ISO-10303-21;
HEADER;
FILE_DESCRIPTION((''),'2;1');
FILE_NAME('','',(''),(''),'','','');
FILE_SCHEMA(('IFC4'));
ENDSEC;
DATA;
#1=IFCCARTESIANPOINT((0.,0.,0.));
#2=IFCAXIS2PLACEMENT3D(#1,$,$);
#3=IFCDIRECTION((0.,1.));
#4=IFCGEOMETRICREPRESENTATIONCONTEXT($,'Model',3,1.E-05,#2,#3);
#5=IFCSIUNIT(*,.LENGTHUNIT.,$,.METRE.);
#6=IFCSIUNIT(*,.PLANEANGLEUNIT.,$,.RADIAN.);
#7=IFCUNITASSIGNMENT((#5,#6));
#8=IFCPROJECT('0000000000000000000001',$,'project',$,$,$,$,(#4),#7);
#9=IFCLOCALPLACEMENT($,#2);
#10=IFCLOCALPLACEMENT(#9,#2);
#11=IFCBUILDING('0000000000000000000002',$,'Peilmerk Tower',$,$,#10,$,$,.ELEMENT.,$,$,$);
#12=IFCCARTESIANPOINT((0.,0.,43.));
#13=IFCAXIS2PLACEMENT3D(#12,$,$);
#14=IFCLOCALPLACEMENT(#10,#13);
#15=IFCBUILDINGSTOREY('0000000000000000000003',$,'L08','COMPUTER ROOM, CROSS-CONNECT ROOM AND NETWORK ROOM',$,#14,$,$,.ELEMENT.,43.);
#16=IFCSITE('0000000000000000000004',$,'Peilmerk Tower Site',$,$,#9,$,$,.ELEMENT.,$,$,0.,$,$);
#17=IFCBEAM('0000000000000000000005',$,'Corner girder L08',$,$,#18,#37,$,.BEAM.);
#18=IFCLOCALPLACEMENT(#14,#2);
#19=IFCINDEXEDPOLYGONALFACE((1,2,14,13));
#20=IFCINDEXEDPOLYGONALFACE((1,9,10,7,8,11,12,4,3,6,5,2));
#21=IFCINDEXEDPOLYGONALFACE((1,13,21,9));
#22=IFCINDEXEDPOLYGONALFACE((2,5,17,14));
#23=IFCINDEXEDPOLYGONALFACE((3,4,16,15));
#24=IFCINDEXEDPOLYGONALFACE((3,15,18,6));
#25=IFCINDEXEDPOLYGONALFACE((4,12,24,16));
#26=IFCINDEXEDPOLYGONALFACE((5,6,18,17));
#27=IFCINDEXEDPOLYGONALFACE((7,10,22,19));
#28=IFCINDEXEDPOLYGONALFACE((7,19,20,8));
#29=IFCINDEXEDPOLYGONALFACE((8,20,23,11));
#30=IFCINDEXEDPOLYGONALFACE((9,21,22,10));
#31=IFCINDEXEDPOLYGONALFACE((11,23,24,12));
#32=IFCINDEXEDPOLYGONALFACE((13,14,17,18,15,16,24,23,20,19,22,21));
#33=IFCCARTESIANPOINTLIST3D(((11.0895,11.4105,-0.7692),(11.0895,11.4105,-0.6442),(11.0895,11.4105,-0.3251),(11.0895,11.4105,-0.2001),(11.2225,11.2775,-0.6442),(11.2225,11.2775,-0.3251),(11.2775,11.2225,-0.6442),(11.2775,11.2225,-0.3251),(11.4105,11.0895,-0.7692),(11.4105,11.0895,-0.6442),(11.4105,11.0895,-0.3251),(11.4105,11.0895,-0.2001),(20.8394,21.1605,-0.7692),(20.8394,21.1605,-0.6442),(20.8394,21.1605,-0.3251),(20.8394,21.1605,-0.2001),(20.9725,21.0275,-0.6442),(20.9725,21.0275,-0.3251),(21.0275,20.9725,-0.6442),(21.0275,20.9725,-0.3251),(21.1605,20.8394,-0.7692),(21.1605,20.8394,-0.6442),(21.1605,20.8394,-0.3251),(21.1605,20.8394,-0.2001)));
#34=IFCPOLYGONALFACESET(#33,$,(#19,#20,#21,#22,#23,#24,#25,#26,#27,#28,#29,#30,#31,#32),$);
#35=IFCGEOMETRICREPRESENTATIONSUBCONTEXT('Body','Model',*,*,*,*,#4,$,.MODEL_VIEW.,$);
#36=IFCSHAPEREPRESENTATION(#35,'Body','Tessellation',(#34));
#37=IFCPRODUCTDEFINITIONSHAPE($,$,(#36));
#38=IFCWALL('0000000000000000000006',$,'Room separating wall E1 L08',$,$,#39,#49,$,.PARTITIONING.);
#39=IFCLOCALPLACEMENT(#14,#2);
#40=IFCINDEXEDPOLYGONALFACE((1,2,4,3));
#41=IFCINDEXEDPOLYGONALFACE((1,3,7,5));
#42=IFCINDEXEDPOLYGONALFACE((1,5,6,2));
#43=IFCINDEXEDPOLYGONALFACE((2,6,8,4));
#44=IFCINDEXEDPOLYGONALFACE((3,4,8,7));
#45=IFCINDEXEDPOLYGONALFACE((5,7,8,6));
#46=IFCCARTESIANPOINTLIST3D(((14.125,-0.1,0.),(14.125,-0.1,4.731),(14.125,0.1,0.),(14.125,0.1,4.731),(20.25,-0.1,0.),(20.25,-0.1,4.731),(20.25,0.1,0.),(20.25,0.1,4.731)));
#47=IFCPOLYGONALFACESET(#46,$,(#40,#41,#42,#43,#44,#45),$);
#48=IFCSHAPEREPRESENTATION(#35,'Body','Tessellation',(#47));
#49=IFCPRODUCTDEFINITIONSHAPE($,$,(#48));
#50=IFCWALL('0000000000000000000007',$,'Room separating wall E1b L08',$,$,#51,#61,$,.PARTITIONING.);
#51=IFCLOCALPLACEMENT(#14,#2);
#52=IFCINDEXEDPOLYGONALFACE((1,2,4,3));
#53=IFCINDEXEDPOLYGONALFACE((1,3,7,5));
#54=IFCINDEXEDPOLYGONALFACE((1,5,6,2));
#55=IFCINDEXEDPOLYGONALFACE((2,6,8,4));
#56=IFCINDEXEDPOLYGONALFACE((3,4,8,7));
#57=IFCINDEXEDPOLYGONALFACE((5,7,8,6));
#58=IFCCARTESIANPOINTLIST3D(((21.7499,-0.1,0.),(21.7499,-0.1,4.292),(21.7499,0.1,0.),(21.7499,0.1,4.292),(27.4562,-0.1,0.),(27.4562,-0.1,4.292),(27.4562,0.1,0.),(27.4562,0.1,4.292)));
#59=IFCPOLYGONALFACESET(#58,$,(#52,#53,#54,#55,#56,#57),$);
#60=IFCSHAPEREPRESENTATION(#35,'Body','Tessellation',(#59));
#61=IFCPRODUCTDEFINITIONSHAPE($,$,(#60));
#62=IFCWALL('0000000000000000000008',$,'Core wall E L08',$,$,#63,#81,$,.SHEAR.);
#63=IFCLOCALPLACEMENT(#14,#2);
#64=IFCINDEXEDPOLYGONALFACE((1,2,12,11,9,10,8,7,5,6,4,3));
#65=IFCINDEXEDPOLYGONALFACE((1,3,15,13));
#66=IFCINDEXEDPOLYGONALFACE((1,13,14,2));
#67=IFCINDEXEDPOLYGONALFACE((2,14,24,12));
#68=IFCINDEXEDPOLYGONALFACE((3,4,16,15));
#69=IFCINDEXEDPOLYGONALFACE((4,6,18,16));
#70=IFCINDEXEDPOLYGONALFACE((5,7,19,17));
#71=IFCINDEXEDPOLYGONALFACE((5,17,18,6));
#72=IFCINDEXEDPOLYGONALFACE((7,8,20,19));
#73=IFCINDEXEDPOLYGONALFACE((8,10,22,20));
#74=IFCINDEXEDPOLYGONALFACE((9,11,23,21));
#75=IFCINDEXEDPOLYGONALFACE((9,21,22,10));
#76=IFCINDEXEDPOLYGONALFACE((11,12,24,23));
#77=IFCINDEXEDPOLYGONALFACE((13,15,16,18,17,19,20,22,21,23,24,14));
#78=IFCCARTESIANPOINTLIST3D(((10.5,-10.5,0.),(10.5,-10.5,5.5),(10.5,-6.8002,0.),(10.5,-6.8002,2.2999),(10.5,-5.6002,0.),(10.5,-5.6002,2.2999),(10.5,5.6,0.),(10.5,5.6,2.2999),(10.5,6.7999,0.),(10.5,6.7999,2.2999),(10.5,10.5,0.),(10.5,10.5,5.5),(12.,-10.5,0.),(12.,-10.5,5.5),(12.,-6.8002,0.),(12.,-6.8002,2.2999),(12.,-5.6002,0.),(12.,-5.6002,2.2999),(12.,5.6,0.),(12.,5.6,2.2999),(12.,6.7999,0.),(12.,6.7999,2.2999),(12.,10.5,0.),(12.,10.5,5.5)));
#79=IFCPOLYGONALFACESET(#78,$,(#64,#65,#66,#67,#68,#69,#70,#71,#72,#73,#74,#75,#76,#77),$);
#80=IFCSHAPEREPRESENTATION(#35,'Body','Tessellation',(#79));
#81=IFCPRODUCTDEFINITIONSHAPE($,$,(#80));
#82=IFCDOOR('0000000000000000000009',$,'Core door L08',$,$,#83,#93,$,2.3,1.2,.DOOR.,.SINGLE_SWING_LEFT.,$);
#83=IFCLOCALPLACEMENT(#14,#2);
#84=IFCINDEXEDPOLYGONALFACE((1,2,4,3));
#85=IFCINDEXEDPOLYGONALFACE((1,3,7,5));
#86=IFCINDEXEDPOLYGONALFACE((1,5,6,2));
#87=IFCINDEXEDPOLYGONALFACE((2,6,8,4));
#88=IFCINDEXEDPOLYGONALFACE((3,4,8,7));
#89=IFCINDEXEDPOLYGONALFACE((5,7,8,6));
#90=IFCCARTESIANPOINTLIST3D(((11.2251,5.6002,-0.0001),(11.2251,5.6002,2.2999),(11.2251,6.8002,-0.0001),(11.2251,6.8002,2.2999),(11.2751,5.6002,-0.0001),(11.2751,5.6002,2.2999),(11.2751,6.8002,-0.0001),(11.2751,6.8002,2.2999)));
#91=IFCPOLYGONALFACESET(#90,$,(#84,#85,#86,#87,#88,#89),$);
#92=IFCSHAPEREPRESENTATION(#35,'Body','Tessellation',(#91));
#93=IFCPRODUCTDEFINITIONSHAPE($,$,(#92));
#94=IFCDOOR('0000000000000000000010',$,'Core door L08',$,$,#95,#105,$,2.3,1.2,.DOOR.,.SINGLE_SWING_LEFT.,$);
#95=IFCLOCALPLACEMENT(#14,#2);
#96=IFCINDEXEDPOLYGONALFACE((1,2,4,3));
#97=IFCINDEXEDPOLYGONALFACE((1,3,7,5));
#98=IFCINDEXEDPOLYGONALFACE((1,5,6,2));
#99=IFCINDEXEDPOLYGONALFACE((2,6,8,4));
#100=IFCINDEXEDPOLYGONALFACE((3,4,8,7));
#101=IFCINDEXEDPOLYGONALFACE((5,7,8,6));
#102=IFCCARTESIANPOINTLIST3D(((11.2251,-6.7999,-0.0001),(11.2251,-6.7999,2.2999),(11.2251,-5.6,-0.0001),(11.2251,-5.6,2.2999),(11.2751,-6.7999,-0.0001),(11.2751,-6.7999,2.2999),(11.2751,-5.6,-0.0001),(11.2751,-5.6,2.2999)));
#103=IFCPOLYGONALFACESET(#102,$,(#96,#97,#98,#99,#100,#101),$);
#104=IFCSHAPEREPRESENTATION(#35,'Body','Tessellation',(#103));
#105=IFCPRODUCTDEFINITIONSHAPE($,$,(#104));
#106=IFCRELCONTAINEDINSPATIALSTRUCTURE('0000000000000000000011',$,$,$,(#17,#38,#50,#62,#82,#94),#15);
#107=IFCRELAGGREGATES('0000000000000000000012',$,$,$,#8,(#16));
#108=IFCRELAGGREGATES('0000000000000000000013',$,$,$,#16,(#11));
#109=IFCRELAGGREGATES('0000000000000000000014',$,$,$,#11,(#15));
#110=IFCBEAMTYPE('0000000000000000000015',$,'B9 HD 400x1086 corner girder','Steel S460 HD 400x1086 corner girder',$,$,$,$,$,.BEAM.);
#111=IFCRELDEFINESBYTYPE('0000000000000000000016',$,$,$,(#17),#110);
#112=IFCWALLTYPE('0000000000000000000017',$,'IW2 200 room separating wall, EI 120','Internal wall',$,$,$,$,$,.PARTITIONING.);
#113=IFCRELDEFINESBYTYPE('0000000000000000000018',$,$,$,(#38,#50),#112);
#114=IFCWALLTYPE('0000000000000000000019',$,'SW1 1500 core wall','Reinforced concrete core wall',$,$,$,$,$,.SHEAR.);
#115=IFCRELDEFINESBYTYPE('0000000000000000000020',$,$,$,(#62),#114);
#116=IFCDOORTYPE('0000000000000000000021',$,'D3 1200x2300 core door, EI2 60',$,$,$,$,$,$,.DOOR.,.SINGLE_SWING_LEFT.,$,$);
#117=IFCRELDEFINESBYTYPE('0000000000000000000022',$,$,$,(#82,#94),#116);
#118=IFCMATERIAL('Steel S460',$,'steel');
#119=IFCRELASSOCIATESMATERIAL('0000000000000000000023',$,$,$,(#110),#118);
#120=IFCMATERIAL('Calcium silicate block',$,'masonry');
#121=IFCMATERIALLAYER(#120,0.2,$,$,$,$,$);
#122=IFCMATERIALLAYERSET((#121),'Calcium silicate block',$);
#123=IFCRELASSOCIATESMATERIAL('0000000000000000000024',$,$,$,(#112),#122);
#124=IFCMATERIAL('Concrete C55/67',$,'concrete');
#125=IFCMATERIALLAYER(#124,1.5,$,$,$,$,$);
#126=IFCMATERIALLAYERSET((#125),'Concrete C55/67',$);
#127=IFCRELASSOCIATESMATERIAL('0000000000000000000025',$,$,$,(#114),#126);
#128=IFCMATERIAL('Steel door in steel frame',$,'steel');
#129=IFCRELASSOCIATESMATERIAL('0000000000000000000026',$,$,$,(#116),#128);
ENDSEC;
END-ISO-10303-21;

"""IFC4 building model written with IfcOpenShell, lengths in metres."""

from ifc_helpers import new_model, si_unit, direction, frame, frame_2d, origin, origin_2d, place, context, subcontext, project, spatial, rectangle, i_section, extrude, material, layer, layer_set, material_profile, profile_set, type_object, element, fill, save


model = new_model("IFC4")

# Units and contexts
model_context = context("Model", 3, precision=1e-05, world=origin(), true_north=direction((0.0, 1.0)))
body_context = subcontext(model_context, "Body", "Model", "MODEL_VIEW")
ifc_project = project(units=[si_unit("LENGTHUNIT", "METRE"), si_unit("PLANEANGLEUNIT", "RADIAN")], contexts=[model_context])

# Site, building, storey
site_placement = place(None, origin())
site = spatial("IfcSite", under=ifc_project, at=site_placement, Name="Peilmerk Tower Site", CompositionType="ELEMENT", RefElevation=0.0)
building_placement = place(site_placement, origin())
building = spatial("IfcBuilding", under=site, at=building_placement, Name="Peilmerk Tower", CompositionType="ELEMENT")
storey_placement = place(building_placement, frame((0.0, 0.0, 43.0)))
storey = spatial("IfcBuildingStorey", under=building, at=storey_placement, Name="L08", Description="COMPUTER ROOM, CROSS-CONNECT ROOM AND NETWORK ROOM", CompositionType="ELEMENT", Elevation=43.0)

# Beam
ifc_material_1 = material(Name="Steel S460", Category="steel")
ifc_material_profile_1 = material_profile(ifc_material_1, i_section(OverallWidth=0.4541, OverallDepth=0.5691, WebThickness=0.0779, FlangeThickness=0.125, at=origin_2d()), Name="HD 400x1086")
ifc_profile_set_1 = profile_set([ifc_material_profile_1], Name="Steel S460")
beam_type_1 = type_object("IfcBeamType", Name="B9 HD 400x1086 corner girder", Description="Steel S460 HD 400x1086 corner girder", PredefinedType="BEAM", material=ifc_profile_set_1)
beam_1_placement = place(storey_placement, frame((11.25, 11.25, -0.4846), z_axis=(0.707107, 0.707107, 0.0), x_axis=(-0.707107, 0.707107, 0.0)))
element("IfcBeam", 1, at=beam_1_placement, inside=storey, type_object=beam_type_1, Name="Corner girder L08", PredefinedType="BEAM", context=body_context, shape_type="SweptSolid", body=[
    extrude(i_section(OverallWidth=0.4541, OverallDepth=0.5691, WebThickness=0.0779, FlangeThickness=0.125, at=origin_2d()), origin(), (0.0, 0.0, 1.0), 13.7886),
])

# Walls
ifc_material_2 = material(Name="Calcium silicate block", Category="masonry")
ifc_layer_1 = layer(ifc_material_2, 0.2)
ifc_layer_set_1 = layer_set([ifc_layer_1], Name="Calcium silicate block")
wall_type_1 = type_object("IfcWallType", Name="IW2 200 room separating wall, EI 120", Description="Internal wall", PredefinedType="PARTITIONING", material=ifc_layer_set_1)
wall_1_placement = place(storey_placement, frame((14.125, 0.0, 0.0), z_axis=(0.0, 0.0, 1.0), x_axis=(1.0, 0.0, 0.0)))
element("IfcWall", 2, at=wall_1_placement, inside=storey, type_object=wall_type_1, Name="Room separating wall E1 L08", PredefinedType="PARTITIONING", context=body_context, shape_type="SweptSolid", body=[
    extrude(rectangle(XDim=6.125, YDim=0.2, at=frame_2d((3.0625, 0.0))), origin(), (0.0, 0.0, 1.0), 4.731),
])
wall_2_placement = place(storey_placement, frame((21.75, 0.0, 0.0), z_axis=(0.0, 0.0, 1.0), x_axis=(1.0, 0.0, 0.0)))
element("IfcWall", 3, at=wall_2_placement, inside=storey, type_object=wall_type_1, Name="Room separating wall E1b L08", PredefinedType="PARTITIONING", context=body_context, shape_type="SweptSolid", body=[
    extrude(rectangle(XDim=5.7063, YDim=0.2, at=frame_2d((2.853, 0.0))), origin(), (0.0, 0.0, 1.0), 4.292),
])

# Wall, openings, doors
ifc_material_3 = material(Name="Concrete C55/67", Category="concrete")
ifc_layer_2 = layer(ifc_material_3, 1.5)
ifc_layer_set_2 = layer_set([ifc_layer_2], Name="Concrete C55/67")
wall_type_2 = type_object("IfcWallType", Name="SW1 1500 core wall", Description="Reinforced concrete core wall", PredefinedType="SHEAR", material=ifc_layer_set_2)
wall_3_placement = place(storey_placement, frame((11.25, 10.5, 0.0), z_axis=(0.0, 0.0, 1.0), x_axis=(0.0, -1.0, 0.0)))
wall_3 = element("IfcWall", 4, at=wall_3_placement, inside=storey, type_object=wall_type_2, Name="Core wall E L08", PredefinedType="SHEAR", context=body_context, shape_type="SweptSolid", body=[
    extrude(rectangle(XDim=21.0, YDim=1.5, at=frame_2d((10.5, 0.0))), origin(), (0.0, 0.0, 1.0), 5.5),
])
opening_1_placement = place(wall_3_placement, frame((3.7, 0.0, 0.0)))
opening_1 = element("IfcOpeningElement", 5, at=opening_1_placement, cuts=wall_3, PredefinedType="OPENING", context=body_context, shape_type="SweptSolid", body=[
    extrude(rectangle(XDim=1.2, YDim=2.3, at=frame_2d((0.6001, 1.1499))), frame((0.0, 0.76, 0.0), z_axis=(0.0, -1.0, 0.0), x_axis=(1.0, 0.0, 0.0)), (0.0, 0.0, 1.0), 1.52),
])
opening_2_placement = place(wall_3_placement, frame((16.1001, 0.0, 0.0)))
opening_2 = element("IfcOpeningElement", 6, at=opening_2_placement, cuts=wall_3, PredefinedType="OPENING", context=body_context, shape_type="SweptSolid", body=[
    extrude(rectangle(XDim=1.2, YDim=2.3, at=frame_2d((0.6001, 1.1499))), frame((0.0, 0.76, 0.0), z_axis=(0.0, -1.0, 0.0), x_axis=(1.0, 0.0, 0.0)), (0.0, 0.0, 1.0), 1.52),
])
ifc_material_4 = material(Name="Steel door in steel frame", Category="steel")
door_type = type_object("IfcDoorType", Name="D3 1200x2300 core door, EI2 60", OperationType="SINGLE_SWING_LEFT", PredefinedType="DOOR", material=ifc_material_4)
door_1_placement = place(opening_1_placement, frame((1.2, 0.0, 0.0), z_axis=(0.0, 0.0, 1.0), x_axis=(-1.0, 0.0, 0.0)))
door_1 = element("IfcDoor", 7, at=door_1_placement, inside=storey, type_object=door_type, Name="Core door L08", OperationType="SINGLE_SWING_LEFT", OverallHeight=2.3, OverallWidth=1.2, PredefinedType="DOOR", context=body_context, shape_type="SweptSolid", body=[
    extrude(rectangle(XDim=1.2, YDim=2.3, at=frame_2d((0.6001, 1.1499))), frame((0.0, 0.0249, 0.0), z_axis=(0.0, -1.0, 0.0), x_axis=(1.0, 0.0, 0.0)), (0.0, 0.0, 1.0), 0.05),
])
fill(opening_1, door_1)
door_2_placement = place(opening_2_placement, frame((1.2, 0.0, 0.0), z_axis=(0.0, 0.0, 1.0), x_axis=(-1.0, 0.0, 0.0)))
door_2 = element("IfcDoor", 8, at=door_2_placement, inside=storey, type_object=door_type, Name="Core door L08", OperationType="SINGLE_SWING_LEFT", OverallHeight=2.3, OverallWidth=1.2, PredefinedType="DOOR", context=body_context, shape_type="SweptSolid", body=[
    extrude(rectangle(XDim=1.2, YDim=2.3, at=frame_2d((0.6001, 1.1499))), frame((0.0, 0.0249, 0.0), z_axis=(0.0, -1.0, 0.0), x_axis=(1.0, 0.0, 0.0)), (0.0, 0.0, 1.0), 0.05),
])
fill(opening_2, door_2)

save(model, "model.ifc")
